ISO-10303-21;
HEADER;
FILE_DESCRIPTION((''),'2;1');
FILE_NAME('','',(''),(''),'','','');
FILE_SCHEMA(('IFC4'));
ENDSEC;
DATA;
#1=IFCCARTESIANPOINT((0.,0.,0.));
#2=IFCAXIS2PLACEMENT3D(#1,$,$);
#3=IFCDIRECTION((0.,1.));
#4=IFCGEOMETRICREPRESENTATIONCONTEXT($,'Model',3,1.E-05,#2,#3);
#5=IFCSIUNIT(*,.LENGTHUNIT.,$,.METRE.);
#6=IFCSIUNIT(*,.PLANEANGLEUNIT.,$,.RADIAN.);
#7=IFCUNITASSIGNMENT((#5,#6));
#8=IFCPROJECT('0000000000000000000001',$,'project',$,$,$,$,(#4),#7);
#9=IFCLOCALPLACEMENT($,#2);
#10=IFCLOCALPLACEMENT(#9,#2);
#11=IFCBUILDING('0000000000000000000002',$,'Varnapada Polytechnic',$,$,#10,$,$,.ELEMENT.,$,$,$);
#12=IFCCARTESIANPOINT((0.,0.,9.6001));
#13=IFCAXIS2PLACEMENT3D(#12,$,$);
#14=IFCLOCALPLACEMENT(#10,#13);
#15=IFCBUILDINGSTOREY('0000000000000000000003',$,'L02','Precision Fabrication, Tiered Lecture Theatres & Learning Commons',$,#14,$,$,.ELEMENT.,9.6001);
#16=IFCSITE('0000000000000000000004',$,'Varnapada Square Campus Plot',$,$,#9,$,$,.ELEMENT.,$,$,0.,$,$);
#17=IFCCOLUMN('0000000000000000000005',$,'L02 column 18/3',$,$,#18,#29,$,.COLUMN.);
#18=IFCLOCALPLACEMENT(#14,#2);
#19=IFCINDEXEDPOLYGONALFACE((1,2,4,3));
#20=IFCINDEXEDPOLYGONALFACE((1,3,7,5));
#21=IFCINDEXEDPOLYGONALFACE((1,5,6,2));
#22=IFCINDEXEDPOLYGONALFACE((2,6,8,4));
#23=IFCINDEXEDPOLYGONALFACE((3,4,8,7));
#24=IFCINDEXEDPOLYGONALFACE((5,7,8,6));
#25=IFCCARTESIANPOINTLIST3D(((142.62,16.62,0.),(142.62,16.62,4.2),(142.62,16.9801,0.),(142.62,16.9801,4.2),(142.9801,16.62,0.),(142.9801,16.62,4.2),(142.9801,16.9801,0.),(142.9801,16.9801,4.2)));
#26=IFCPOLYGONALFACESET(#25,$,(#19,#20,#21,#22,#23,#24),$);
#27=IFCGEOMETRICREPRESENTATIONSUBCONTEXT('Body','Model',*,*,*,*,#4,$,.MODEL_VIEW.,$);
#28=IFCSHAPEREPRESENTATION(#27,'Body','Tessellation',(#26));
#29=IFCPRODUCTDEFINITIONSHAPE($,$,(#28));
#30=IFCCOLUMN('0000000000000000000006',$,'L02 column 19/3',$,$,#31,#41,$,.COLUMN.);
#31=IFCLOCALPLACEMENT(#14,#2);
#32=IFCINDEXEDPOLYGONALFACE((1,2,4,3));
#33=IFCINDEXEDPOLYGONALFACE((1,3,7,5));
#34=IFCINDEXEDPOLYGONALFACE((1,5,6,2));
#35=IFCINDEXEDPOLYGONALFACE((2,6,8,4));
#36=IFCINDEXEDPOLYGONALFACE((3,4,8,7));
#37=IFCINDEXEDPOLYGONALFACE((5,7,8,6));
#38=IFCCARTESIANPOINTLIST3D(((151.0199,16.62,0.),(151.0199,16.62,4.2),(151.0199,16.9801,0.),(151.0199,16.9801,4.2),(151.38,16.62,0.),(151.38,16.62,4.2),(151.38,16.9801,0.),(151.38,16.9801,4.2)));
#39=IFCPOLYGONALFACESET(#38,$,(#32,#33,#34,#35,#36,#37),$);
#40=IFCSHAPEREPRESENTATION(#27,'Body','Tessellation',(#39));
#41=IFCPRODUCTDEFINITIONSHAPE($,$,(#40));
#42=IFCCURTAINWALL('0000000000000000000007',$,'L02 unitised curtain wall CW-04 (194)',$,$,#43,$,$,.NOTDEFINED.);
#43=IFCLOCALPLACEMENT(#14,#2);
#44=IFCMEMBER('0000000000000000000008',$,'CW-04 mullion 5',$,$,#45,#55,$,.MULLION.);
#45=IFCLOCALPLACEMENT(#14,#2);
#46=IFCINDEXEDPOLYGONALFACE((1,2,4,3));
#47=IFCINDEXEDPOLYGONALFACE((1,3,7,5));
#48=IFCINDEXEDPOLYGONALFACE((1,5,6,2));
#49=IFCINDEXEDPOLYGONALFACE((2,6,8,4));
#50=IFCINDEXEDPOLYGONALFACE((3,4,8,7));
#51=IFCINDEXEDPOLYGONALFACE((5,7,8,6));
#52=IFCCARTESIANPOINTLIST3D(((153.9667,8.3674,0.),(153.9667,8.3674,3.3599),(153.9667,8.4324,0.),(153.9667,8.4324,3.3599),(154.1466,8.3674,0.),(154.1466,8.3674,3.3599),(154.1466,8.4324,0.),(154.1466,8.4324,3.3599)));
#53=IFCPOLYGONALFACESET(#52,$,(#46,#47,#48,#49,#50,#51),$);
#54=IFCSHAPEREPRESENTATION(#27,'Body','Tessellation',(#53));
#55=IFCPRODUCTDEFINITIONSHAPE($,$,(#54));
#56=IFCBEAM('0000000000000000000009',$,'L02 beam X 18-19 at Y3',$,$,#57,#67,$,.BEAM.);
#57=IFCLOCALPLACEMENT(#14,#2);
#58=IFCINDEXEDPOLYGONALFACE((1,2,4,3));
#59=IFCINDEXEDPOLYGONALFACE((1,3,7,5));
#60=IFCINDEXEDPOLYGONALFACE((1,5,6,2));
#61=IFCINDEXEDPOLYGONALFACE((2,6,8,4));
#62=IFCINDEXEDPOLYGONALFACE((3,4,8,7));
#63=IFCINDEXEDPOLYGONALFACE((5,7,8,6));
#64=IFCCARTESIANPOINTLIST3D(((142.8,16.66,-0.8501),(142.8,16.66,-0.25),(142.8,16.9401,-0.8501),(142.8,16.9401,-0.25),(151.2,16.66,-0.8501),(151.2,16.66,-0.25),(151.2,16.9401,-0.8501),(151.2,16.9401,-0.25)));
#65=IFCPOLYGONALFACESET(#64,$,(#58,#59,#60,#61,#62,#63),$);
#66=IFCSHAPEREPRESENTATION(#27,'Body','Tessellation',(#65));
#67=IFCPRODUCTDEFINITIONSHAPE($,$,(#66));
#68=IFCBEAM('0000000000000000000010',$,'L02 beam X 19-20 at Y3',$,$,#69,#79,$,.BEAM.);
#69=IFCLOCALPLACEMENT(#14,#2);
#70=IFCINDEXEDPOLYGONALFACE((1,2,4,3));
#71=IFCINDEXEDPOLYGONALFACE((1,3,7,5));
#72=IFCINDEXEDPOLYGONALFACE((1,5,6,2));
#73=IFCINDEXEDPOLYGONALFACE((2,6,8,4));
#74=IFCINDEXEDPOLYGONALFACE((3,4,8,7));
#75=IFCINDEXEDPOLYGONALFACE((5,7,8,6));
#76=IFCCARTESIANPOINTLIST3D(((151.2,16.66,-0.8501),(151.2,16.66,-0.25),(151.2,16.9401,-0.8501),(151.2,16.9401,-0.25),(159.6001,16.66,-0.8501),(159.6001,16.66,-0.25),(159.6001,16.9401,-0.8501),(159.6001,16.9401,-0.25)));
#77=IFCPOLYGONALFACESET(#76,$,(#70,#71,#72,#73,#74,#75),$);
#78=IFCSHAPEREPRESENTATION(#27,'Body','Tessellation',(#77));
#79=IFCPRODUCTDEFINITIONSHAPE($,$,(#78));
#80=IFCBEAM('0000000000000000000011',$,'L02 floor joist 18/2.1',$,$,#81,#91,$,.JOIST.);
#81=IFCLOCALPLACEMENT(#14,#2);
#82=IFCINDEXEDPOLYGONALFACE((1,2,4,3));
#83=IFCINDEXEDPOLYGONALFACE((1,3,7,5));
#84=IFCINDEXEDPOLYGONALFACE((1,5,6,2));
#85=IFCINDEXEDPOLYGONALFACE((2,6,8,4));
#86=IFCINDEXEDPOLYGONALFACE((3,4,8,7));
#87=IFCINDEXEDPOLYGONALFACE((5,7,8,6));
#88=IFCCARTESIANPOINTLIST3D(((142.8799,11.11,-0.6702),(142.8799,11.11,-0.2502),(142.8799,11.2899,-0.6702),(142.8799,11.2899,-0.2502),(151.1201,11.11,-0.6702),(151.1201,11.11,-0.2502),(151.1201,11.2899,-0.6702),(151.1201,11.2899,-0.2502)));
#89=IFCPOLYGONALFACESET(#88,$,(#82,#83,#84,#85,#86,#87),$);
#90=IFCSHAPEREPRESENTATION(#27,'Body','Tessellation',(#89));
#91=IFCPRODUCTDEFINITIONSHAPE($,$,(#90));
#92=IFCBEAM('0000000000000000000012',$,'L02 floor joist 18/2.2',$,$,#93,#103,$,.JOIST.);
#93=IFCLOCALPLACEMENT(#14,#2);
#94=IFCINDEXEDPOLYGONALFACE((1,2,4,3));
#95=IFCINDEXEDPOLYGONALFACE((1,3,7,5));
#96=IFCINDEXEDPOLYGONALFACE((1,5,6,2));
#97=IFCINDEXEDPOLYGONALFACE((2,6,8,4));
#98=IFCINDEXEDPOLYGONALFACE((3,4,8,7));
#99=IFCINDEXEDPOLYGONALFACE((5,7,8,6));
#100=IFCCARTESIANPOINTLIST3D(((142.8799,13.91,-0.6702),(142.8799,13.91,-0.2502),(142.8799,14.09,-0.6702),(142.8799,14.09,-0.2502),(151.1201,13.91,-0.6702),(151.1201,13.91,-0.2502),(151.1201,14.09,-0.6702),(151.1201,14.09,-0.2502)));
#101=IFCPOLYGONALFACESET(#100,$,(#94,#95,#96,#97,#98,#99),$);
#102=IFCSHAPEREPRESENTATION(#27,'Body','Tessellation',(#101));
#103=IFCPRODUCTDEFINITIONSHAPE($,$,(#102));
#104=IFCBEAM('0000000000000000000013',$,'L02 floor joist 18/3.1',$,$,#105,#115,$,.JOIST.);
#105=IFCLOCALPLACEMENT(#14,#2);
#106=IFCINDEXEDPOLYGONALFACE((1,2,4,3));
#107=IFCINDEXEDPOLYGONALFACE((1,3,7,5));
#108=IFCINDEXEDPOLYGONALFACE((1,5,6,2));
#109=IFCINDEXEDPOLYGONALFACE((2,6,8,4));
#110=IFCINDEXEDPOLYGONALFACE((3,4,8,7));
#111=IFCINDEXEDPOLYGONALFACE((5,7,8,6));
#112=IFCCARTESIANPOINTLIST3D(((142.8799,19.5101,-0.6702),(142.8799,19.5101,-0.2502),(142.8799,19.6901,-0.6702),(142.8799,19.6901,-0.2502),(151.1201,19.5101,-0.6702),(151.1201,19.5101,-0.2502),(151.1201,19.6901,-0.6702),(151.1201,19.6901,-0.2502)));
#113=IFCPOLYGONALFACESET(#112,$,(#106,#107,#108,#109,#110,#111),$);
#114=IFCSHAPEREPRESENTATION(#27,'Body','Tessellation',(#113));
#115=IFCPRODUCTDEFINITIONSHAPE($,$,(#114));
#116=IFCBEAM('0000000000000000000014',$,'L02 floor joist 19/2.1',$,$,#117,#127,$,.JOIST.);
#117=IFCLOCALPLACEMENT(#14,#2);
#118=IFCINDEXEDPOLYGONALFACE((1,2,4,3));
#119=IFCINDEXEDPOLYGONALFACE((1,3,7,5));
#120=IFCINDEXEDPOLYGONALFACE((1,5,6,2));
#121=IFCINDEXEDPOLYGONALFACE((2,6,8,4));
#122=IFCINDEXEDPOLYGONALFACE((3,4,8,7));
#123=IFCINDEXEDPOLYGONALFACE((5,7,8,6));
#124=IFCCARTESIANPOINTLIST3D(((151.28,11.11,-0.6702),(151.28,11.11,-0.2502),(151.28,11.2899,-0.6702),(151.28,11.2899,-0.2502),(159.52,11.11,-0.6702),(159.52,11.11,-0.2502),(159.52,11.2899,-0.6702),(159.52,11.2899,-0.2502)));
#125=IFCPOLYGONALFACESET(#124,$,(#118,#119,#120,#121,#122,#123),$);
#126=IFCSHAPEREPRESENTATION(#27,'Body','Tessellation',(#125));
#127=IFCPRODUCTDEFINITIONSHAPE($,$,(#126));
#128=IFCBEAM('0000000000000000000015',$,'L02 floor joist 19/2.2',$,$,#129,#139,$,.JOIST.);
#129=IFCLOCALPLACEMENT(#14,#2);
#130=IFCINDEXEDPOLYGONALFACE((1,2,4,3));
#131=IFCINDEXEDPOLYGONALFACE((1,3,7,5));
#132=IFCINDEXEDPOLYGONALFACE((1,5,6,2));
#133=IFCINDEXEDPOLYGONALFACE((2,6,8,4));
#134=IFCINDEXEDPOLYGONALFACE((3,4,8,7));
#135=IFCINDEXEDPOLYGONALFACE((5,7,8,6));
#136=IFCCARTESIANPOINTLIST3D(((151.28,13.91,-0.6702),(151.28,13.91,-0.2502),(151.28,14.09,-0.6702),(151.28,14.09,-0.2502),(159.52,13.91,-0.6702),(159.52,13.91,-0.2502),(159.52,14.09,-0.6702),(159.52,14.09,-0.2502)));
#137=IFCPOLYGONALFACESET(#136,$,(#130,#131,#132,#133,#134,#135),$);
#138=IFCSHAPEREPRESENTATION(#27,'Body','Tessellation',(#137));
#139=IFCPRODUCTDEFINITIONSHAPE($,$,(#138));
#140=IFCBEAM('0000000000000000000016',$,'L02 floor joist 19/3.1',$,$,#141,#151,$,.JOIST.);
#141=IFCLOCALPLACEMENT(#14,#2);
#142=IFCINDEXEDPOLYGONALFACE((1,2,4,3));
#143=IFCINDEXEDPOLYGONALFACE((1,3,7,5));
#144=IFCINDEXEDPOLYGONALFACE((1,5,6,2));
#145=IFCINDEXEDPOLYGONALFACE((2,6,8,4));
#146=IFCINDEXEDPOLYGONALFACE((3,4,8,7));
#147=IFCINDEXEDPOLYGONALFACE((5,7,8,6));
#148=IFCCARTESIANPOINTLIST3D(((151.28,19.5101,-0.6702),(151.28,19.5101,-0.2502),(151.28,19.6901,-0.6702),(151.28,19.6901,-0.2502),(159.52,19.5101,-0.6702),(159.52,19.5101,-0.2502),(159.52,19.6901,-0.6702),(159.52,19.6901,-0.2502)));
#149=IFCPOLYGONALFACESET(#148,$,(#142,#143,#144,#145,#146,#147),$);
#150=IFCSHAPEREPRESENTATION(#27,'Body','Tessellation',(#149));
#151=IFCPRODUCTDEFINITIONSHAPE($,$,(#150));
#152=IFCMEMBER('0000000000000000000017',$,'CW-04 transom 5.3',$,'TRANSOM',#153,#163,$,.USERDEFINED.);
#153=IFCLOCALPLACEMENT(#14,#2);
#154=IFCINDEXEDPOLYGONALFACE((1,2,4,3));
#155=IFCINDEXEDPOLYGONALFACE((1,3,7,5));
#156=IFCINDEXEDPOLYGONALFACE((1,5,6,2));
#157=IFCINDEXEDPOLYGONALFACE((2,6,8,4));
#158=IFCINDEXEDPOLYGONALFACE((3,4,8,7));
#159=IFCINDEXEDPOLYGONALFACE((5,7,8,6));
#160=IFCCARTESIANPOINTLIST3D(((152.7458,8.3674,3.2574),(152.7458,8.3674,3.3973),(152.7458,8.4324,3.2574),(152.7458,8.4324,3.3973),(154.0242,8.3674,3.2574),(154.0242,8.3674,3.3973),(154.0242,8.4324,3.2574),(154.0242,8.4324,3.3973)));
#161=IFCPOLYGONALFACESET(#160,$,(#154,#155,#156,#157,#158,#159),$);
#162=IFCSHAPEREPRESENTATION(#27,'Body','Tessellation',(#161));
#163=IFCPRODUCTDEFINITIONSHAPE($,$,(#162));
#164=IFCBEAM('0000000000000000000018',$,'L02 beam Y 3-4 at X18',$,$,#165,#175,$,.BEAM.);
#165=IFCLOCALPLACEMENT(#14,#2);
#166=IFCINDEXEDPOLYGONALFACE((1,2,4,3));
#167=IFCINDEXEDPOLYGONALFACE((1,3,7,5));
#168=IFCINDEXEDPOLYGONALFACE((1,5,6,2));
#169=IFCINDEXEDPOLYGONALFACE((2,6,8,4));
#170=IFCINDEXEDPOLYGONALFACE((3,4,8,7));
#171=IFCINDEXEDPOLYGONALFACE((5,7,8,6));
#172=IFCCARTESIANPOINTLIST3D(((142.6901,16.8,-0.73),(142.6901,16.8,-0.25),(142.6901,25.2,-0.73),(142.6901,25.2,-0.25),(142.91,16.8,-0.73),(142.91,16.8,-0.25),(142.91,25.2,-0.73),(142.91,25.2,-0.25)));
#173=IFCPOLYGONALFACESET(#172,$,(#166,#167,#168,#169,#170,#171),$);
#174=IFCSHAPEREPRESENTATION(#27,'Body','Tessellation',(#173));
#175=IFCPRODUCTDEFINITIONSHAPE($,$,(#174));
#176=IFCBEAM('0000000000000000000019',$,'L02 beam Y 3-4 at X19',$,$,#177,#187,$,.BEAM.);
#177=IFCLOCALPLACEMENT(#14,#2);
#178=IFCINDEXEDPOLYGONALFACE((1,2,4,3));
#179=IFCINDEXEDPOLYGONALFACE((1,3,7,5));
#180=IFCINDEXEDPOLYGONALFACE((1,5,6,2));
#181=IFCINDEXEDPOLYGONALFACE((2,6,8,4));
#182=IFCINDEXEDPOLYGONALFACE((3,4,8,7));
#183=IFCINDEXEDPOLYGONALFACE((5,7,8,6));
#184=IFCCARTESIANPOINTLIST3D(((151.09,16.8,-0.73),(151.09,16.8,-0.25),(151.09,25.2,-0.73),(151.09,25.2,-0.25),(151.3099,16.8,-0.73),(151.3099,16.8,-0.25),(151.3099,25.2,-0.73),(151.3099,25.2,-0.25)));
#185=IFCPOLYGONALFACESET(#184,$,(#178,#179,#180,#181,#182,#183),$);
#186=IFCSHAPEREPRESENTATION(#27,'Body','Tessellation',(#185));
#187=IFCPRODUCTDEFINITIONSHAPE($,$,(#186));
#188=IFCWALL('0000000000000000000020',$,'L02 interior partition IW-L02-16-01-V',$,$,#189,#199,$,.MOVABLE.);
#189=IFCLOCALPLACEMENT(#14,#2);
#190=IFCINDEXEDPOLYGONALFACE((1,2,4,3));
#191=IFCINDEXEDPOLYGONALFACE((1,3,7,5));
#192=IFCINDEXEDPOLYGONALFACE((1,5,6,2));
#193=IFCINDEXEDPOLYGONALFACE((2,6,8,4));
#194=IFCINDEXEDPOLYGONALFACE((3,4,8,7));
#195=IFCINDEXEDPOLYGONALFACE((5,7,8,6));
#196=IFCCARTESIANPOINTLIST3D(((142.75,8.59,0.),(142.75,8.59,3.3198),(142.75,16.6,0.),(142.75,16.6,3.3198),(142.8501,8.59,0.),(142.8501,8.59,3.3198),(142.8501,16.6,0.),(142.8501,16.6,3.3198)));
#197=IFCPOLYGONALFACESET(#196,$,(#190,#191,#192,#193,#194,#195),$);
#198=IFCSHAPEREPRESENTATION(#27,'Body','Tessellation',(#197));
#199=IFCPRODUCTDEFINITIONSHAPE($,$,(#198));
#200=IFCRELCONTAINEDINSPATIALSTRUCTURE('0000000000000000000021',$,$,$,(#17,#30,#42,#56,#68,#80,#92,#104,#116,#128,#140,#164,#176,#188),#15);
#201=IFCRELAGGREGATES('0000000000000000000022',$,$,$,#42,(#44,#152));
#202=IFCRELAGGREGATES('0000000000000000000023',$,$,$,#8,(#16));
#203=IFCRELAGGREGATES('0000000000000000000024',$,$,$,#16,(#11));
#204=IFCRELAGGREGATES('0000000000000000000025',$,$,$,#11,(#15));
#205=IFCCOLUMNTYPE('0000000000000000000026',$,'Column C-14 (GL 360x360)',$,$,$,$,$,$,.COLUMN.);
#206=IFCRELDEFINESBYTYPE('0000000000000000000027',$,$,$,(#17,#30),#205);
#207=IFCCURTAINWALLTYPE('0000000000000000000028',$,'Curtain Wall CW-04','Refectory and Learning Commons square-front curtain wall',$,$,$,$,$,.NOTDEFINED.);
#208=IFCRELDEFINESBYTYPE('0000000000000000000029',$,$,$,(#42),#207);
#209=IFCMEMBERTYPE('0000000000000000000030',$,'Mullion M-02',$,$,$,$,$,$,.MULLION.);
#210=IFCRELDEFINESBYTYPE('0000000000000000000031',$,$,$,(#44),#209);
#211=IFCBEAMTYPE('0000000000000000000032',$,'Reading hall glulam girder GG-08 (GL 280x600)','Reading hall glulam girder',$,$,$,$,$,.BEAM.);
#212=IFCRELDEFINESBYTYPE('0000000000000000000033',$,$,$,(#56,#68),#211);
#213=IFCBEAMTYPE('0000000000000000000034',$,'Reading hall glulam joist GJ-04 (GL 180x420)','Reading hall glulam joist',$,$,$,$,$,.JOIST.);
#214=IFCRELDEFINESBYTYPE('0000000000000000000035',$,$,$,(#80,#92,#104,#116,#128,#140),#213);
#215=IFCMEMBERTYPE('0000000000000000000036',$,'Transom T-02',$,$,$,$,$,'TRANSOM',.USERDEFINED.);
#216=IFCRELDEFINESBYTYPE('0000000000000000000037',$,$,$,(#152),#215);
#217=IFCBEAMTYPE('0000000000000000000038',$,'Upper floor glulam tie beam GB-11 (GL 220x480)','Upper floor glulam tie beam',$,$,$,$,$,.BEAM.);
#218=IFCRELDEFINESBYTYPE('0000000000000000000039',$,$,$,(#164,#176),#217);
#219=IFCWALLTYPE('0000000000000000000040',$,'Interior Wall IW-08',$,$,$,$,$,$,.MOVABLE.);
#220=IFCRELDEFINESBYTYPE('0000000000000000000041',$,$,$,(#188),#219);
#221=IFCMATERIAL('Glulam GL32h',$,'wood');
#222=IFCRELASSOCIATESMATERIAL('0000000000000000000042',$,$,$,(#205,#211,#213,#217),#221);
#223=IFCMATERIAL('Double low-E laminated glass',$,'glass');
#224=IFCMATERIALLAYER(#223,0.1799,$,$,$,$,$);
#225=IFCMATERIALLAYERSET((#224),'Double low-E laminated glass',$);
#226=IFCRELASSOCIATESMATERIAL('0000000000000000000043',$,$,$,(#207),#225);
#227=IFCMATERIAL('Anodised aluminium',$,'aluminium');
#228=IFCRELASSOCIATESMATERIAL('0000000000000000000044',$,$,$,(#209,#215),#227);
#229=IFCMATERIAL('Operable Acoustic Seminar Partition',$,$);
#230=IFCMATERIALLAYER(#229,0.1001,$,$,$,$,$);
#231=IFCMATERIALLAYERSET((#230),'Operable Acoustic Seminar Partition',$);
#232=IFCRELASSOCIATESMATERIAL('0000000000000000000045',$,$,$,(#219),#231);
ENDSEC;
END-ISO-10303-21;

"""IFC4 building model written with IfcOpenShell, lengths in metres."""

from ifc_helpers import new_model, si_unit, direction, frame, frame_2d, origin, origin_2d, place, context, subcontext, project, spatial, rectangle, extrude, material, layer, layer_set, material_profile, profile_set, type_object, element, aggregate, save


model = new_model("IFC4")

# Units and contexts
model_context = context("Model", 3, precision=1e-05, world=origin(), true_north=direction((0.0, 1.0)))
body_context = subcontext(model_context, "Body", "Model", "MODEL_VIEW")
ifc_project = project(units=[si_unit("LENGTHUNIT", "METRE"), si_unit("PLANEANGLEUNIT", "RADIAN")], contexts=[model_context])

# Site, building, storey
site_placement = place(None, origin())
site = spatial("IfcSite", under=ifc_project, at=site_placement, Name="Varnapada Square Campus Plot", CompositionType="ELEMENT", RefElevation=0.0)
building_placement = place(site_placement, origin())
building = spatial("IfcBuilding", under=site, at=building_placement, Name="Varnapada Polytechnic", CompositionType="ELEMENT")
storey_placement = place(building_placement, frame((0.0, 0.0, 9.6001)))
storey = spatial("IfcBuildingStorey", under=building, at=storey_placement, Name="L02", Description="Precision Fabrication, Tiered Lecture Theatres & Learning Commons", CompositionType="ELEMENT", Elevation=9.6001)

# Columns
ifc_material_1 = material(Name="Glulam GL32h", Category="wood")
ifc_material_profile_1 = material_profile(ifc_material_1, rectangle(XDim=0.3601, YDim=0.3601, at=origin_2d()), Name="GL 360x360")
ifc_profile_set_1 = profile_set([ifc_material_profile_1], Name="Glulam GL32h")
column_type = type_object("IfcColumnType", Name="Column C-14 (GL 360x360)", PredefinedType="COLUMN", material=ifc_profile_set_1)
for number, where, z_axis, x_axis, name in (
    (1, (142.8, 16.8, 0.0), (0.0, 0.0, 1.0), (1.0, 0.0, 0.0), "L02 column 18/3"),
    (2, (151.2, 16.8, 0.0), (0.0, 0.0, 1.0), (1.0, 0.0, 0.0), "L02 column 19/3"),
):
    element("IfcColumn", number, at=place(storey_placement, frame(where, z_axis=z_axis, x_axis=x_axis)), inside=storey, type_object=column_type, Name=name, PredefinedType="COLUMN", context=body_context, shape_type="SweptSolid", body=[
        extrude(rectangle(XDim=0.3601, YDim=0.3601, at=origin_2d()), origin(), (0.0, 0.0, 1.0), 4.2),
    ])

# Curtain wall, member
ifc_material_2 = material(Name="Double low-E laminated glass", Category="glass")
ifc_layer_1 = layer(ifc_material_2, 0.1799)
ifc_layer_set_1 = layer_set([ifc_layer_1], Name="Double low-E laminated glass")
curtain_wall_type = type_object("IfcCurtainWallType", Name="Curtain Wall CW-04", Description="Refectory and Learning Commons square-front curtain wall", PredefinedType="NOTDEFINED", material=ifc_layer_set_1)
curtain_wall_placement = place(storey_placement, origin())
curtain_wall = element("IfcCurtainWall", 3, at=curtain_wall_placement, inside=storey, type_object=curtain_wall_type, Name="L02 unitised curtain wall CW-04 (194)", PredefinedType="NOTDEFINED")
ifc_material_3 = material(Name="Anodised aluminium", Category="aluminium")
ifc_material_profile_2 = material_profile(ifc_material_3, rectangle(XDim=0.0649, YDim=0.1799, at=origin_2d()), Name="ALU M65x180")
ifc_profile_set_2 = profile_set([ifc_material_profile_2], Name="Anodised aluminium")
member_type_1 = type_object("IfcMemberType", Name="Mullion M-02", PredefinedType="MULLION", material=ifc_profile_set_2)
member_1_placement = place(storey_placement, frame((154.0566, 8.3999, 0.0), z_axis=(0.0, 0.0, 1.0), x_axis=(0.0, -1.0, 0.0)))
member_1 = element("IfcMember", 4, at=member_1_placement, type_object=member_type_1, Name="CW-04 mullion 5", PredefinedType="MULLION", context=body_context, shape_type="SweptSolid", body=[
    extrude(rectangle(XDim=0.0649, YDim=0.1799, at=origin_2d()), origin(), (0.0, 0.0, 1.0), 3.3599),
])

# Beams
ifc_material_profile_3 = material_profile(ifc_material_1, rectangle(XDim=0.28, YDim=0.6001, at=origin_2d()), Name="GL 280x600")
ifc_profile_set_3 = profile_set([ifc_material_profile_3], Name="Glulam GL32h")
beam_type_1 = type_object("IfcBeamType", Name="Reading hall glulam girder GG-08 (GL 280x600)", Description="Reading hall glulam girder", PredefinedType="BEAM", material=ifc_profile_set_3)
beam_1_placement = place(storey_placement, frame((142.8, 16.8, -0.55), z_axis=(1.0, 0.0, 0.0), x_axis=(0.0, 1.0, 0.0)))
element("IfcBeam", 5, at=beam_1_placement, inside=storey, type_object=beam_type_1, Name="L02 beam X 18-19 at Y3", PredefinedType="BEAM", context=body_context, shape_type="SweptSolid", body=[
    extrude(rectangle(XDim=0.28, YDim=0.6001, at=origin_2d()), origin(), (0.0, 0.0, 1.0), 8.3999),
])
beam_2_placement = place(storey_placement, frame((151.2, 16.8, -0.55), z_axis=(1.0, 0.0, 0.0), x_axis=(0.0, 1.0, 0.0)))
element("IfcBeam", 6, at=beam_2_placement, inside=storey, type_object=beam_type_1, Name="L02 beam X 19-20 at Y3", PredefinedType="BEAM", context=body_context, shape_type="SweptSolid", body=[
    extrude(rectangle(XDim=0.28, YDim=0.6001, at=origin_2d()), origin(), (0.0, 0.0, 1.0), 8.4001),
])
ifc_material_profile_4 = material_profile(ifc_material_1, rectangle(XDim=0.1799, YDim=0.4199, at=origin_2d()), Name="GL 180x420")
ifc_profile_set_4 = profile_set([ifc_material_profile_4], Name="Glulam GL32h")
beam_type_2 = type_object("IfcBeamType", Name="Reading hall glulam joist GJ-04 (GL 180x420)", Description="Reading hall glulam joist", PredefinedType="JOIST", material=ifc_profile_set_4)
for number, where, z_axis, x_axis, name in (
    (7, (142.8799, 11.2, -0.4602), (1.0, 0.0, 0.0), (0.0, 1.0, 0.0), "L02 floor joist 18/2.1"),
    (8, (142.8799, 14.0, -0.4602), (1.0, 0.0, 0.0), (0.0, 1.0, 0.0), "L02 floor joist 18/2.2"),
    (9, (142.8799, 19.6001, -0.4602), (1.0, 0.0, 0.0), (0.0, 1.0, 0.0), "L02 floor joist 18/3.1"),
):
    element("IfcBeam", number, at=place(storey_placement, frame(where, z_axis=z_axis, x_axis=x_axis)), inside=storey, type_object=beam_type_2, Name=name, PredefinedType="JOIST", context=body_context, shape_type="SweptSolid", body=[
        extrude(rectangle(XDim=0.1799, YDim=0.4199, at=origin_2d()), origin(), (0.0, 0.0, 1.0), 8.2402),
    ])
for number, where, z_axis, x_axis, name in (
    (10, (151.28, 11.2, -0.4602), (1.0, 0.0, 0.0), (0.0, 1.0, 0.0), "L02 floor joist 19/2.1"),
    (11, (151.28, 14.0, -0.4602), (1.0, 0.0, 0.0), (0.0, 1.0, 0.0), "L02 floor joist 19/2.2"),
    (12, (151.28, 19.6001, -0.4602), (1.0, 0.0, 0.0), (0.0, 1.0, 0.0), "L02 floor joist 19/3.1"),
):
    element("IfcBeam", number, at=place(storey_placement, frame(where, z_axis=z_axis, x_axis=x_axis)), inside=storey, type_object=beam_type_2, Name=name, PredefinedType="JOIST", context=body_context, shape_type="SweptSolid", body=[
        extrude(rectangle(XDim=0.1799, YDim=0.4199, at=origin_2d()), origin(), (0.0, 0.0, 1.0), 8.24),
    ])

# Member
ifc_material_profile_5 = material_profile(ifc_material_3, rectangle(XDim=0.0649, YDim=0.1399, at=origin_2d()), Name="ALU T65x140")
ifc_profile_set_5 = profile_set([ifc_material_profile_5], Name="Anodised aluminium")
member_type_2 = type_object("IfcMemberType", Name="Transom T-02", ElementType="TRANSOM", PredefinedType="USERDEFINED", material=ifc_profile_set_5)
member_2_placement = place(storey_placement, frame((154.0242, 8.3999, 3.3274), z_axis=(-1.0, 0.0, 0.0), x_axis=(0.0, -1.0, 0.0)))
member_2 = element("IfcMember", 13, at=member_2_placement, type_object=member_type_2, Name="CW-04 transom 5.3", ObjectType="TRANSOM", PredefinedType="USERDEFINED", context=body_context, shape_type="SweptSolid", body=[
    extrude(rectangle(XDim=0.0649, YDim=0.1399, at=origin_2d()), origin(), (0.0, 0.0, 1.0), 1.2783),
])
aggregate(curtain_wall, [member_1, member_2])

# Beams
ifc_material_profile_6 = material_profile(ifc_material_1, rectangle(XDim=0.22, YDim=0.48, at=origin_2d()), Name="GL 220x480")
ifc_profile_set_6 = profile_set([ifc_material_profile_6], Name="Glulam GL32h")
beam_type_3 = type_object("IfcBeamType", Name="Upper floor glulam tie beam GB-11 (GL 220x480)", Description="Upper floor glulam tie beam", PredefinedType="BEAM", material=ifc_profile_set_6)
for number, where, z_axis, x_axis, name in (
    (14, (142.8, 16.8, -0.49), (0.0, 1.0, 0.0), (-1.0, 0.0, 0.0), "L02 beam Y 3-4 at X18"),
    (15, (151.2, 16.8, -0.49), (0.0, 1.0, 0.0), (-1.0, 0.0, 0.0), "L02 beam Y 3-4 at X19"),
):
    element("IfcBeam", number, at=place(storey_placement, frame(where, z_axis=z_axis, x_axis=x_axis)), inside=storey, type_object=beam_type_3, Name=name, PredefinedType="BEAM", context=body_context, shape_type="SweptSolid", body=[
        extrude(rectangle(XDim=0.22, YDim=0.48, at=origin_2d()), origin(), (0.0, 0.0, 1.0), 8.3999),
    ])

# Wall
ifc_material_4 = material(Name="Operable Acoustic Seminar Partition")
ifc_layer_2 = layer(ifc_material_4, 0.1001)
ifc_layer_set_2 = layer_set([ifc_layer_2], Name="Operable Acoustic Seminar Partition")
wall_type_1 = type_object("IfcWallType", Name="Interior Wall IW-08", PredefinedType="MOVABLE", material=ifc_layer_set_2)
wall_1_placement = place(storey_placement, frame((142.8, 8.5901, 0.0), z_axis=(0.0, 0.0, 1.0), x_axis=(0.0, 1.0, 0.0)))
element("IfcWall", 16, at=wall_1_placement, inside=storey, type_object=wall_type_1, Name="L02 interior partition IW-L02-16-01-V", PredefinedType="MOVABLE", context=body_context, shape_type="SweptSolid", body=[
    extrude(rectangle(XDim=8.01, YDim=0.1001, at=frame_2d((4.0049, 0.0))), origin(), (0.0, 0.0, 1.0), 3.3198),
])

save(model, "model.ifc")
